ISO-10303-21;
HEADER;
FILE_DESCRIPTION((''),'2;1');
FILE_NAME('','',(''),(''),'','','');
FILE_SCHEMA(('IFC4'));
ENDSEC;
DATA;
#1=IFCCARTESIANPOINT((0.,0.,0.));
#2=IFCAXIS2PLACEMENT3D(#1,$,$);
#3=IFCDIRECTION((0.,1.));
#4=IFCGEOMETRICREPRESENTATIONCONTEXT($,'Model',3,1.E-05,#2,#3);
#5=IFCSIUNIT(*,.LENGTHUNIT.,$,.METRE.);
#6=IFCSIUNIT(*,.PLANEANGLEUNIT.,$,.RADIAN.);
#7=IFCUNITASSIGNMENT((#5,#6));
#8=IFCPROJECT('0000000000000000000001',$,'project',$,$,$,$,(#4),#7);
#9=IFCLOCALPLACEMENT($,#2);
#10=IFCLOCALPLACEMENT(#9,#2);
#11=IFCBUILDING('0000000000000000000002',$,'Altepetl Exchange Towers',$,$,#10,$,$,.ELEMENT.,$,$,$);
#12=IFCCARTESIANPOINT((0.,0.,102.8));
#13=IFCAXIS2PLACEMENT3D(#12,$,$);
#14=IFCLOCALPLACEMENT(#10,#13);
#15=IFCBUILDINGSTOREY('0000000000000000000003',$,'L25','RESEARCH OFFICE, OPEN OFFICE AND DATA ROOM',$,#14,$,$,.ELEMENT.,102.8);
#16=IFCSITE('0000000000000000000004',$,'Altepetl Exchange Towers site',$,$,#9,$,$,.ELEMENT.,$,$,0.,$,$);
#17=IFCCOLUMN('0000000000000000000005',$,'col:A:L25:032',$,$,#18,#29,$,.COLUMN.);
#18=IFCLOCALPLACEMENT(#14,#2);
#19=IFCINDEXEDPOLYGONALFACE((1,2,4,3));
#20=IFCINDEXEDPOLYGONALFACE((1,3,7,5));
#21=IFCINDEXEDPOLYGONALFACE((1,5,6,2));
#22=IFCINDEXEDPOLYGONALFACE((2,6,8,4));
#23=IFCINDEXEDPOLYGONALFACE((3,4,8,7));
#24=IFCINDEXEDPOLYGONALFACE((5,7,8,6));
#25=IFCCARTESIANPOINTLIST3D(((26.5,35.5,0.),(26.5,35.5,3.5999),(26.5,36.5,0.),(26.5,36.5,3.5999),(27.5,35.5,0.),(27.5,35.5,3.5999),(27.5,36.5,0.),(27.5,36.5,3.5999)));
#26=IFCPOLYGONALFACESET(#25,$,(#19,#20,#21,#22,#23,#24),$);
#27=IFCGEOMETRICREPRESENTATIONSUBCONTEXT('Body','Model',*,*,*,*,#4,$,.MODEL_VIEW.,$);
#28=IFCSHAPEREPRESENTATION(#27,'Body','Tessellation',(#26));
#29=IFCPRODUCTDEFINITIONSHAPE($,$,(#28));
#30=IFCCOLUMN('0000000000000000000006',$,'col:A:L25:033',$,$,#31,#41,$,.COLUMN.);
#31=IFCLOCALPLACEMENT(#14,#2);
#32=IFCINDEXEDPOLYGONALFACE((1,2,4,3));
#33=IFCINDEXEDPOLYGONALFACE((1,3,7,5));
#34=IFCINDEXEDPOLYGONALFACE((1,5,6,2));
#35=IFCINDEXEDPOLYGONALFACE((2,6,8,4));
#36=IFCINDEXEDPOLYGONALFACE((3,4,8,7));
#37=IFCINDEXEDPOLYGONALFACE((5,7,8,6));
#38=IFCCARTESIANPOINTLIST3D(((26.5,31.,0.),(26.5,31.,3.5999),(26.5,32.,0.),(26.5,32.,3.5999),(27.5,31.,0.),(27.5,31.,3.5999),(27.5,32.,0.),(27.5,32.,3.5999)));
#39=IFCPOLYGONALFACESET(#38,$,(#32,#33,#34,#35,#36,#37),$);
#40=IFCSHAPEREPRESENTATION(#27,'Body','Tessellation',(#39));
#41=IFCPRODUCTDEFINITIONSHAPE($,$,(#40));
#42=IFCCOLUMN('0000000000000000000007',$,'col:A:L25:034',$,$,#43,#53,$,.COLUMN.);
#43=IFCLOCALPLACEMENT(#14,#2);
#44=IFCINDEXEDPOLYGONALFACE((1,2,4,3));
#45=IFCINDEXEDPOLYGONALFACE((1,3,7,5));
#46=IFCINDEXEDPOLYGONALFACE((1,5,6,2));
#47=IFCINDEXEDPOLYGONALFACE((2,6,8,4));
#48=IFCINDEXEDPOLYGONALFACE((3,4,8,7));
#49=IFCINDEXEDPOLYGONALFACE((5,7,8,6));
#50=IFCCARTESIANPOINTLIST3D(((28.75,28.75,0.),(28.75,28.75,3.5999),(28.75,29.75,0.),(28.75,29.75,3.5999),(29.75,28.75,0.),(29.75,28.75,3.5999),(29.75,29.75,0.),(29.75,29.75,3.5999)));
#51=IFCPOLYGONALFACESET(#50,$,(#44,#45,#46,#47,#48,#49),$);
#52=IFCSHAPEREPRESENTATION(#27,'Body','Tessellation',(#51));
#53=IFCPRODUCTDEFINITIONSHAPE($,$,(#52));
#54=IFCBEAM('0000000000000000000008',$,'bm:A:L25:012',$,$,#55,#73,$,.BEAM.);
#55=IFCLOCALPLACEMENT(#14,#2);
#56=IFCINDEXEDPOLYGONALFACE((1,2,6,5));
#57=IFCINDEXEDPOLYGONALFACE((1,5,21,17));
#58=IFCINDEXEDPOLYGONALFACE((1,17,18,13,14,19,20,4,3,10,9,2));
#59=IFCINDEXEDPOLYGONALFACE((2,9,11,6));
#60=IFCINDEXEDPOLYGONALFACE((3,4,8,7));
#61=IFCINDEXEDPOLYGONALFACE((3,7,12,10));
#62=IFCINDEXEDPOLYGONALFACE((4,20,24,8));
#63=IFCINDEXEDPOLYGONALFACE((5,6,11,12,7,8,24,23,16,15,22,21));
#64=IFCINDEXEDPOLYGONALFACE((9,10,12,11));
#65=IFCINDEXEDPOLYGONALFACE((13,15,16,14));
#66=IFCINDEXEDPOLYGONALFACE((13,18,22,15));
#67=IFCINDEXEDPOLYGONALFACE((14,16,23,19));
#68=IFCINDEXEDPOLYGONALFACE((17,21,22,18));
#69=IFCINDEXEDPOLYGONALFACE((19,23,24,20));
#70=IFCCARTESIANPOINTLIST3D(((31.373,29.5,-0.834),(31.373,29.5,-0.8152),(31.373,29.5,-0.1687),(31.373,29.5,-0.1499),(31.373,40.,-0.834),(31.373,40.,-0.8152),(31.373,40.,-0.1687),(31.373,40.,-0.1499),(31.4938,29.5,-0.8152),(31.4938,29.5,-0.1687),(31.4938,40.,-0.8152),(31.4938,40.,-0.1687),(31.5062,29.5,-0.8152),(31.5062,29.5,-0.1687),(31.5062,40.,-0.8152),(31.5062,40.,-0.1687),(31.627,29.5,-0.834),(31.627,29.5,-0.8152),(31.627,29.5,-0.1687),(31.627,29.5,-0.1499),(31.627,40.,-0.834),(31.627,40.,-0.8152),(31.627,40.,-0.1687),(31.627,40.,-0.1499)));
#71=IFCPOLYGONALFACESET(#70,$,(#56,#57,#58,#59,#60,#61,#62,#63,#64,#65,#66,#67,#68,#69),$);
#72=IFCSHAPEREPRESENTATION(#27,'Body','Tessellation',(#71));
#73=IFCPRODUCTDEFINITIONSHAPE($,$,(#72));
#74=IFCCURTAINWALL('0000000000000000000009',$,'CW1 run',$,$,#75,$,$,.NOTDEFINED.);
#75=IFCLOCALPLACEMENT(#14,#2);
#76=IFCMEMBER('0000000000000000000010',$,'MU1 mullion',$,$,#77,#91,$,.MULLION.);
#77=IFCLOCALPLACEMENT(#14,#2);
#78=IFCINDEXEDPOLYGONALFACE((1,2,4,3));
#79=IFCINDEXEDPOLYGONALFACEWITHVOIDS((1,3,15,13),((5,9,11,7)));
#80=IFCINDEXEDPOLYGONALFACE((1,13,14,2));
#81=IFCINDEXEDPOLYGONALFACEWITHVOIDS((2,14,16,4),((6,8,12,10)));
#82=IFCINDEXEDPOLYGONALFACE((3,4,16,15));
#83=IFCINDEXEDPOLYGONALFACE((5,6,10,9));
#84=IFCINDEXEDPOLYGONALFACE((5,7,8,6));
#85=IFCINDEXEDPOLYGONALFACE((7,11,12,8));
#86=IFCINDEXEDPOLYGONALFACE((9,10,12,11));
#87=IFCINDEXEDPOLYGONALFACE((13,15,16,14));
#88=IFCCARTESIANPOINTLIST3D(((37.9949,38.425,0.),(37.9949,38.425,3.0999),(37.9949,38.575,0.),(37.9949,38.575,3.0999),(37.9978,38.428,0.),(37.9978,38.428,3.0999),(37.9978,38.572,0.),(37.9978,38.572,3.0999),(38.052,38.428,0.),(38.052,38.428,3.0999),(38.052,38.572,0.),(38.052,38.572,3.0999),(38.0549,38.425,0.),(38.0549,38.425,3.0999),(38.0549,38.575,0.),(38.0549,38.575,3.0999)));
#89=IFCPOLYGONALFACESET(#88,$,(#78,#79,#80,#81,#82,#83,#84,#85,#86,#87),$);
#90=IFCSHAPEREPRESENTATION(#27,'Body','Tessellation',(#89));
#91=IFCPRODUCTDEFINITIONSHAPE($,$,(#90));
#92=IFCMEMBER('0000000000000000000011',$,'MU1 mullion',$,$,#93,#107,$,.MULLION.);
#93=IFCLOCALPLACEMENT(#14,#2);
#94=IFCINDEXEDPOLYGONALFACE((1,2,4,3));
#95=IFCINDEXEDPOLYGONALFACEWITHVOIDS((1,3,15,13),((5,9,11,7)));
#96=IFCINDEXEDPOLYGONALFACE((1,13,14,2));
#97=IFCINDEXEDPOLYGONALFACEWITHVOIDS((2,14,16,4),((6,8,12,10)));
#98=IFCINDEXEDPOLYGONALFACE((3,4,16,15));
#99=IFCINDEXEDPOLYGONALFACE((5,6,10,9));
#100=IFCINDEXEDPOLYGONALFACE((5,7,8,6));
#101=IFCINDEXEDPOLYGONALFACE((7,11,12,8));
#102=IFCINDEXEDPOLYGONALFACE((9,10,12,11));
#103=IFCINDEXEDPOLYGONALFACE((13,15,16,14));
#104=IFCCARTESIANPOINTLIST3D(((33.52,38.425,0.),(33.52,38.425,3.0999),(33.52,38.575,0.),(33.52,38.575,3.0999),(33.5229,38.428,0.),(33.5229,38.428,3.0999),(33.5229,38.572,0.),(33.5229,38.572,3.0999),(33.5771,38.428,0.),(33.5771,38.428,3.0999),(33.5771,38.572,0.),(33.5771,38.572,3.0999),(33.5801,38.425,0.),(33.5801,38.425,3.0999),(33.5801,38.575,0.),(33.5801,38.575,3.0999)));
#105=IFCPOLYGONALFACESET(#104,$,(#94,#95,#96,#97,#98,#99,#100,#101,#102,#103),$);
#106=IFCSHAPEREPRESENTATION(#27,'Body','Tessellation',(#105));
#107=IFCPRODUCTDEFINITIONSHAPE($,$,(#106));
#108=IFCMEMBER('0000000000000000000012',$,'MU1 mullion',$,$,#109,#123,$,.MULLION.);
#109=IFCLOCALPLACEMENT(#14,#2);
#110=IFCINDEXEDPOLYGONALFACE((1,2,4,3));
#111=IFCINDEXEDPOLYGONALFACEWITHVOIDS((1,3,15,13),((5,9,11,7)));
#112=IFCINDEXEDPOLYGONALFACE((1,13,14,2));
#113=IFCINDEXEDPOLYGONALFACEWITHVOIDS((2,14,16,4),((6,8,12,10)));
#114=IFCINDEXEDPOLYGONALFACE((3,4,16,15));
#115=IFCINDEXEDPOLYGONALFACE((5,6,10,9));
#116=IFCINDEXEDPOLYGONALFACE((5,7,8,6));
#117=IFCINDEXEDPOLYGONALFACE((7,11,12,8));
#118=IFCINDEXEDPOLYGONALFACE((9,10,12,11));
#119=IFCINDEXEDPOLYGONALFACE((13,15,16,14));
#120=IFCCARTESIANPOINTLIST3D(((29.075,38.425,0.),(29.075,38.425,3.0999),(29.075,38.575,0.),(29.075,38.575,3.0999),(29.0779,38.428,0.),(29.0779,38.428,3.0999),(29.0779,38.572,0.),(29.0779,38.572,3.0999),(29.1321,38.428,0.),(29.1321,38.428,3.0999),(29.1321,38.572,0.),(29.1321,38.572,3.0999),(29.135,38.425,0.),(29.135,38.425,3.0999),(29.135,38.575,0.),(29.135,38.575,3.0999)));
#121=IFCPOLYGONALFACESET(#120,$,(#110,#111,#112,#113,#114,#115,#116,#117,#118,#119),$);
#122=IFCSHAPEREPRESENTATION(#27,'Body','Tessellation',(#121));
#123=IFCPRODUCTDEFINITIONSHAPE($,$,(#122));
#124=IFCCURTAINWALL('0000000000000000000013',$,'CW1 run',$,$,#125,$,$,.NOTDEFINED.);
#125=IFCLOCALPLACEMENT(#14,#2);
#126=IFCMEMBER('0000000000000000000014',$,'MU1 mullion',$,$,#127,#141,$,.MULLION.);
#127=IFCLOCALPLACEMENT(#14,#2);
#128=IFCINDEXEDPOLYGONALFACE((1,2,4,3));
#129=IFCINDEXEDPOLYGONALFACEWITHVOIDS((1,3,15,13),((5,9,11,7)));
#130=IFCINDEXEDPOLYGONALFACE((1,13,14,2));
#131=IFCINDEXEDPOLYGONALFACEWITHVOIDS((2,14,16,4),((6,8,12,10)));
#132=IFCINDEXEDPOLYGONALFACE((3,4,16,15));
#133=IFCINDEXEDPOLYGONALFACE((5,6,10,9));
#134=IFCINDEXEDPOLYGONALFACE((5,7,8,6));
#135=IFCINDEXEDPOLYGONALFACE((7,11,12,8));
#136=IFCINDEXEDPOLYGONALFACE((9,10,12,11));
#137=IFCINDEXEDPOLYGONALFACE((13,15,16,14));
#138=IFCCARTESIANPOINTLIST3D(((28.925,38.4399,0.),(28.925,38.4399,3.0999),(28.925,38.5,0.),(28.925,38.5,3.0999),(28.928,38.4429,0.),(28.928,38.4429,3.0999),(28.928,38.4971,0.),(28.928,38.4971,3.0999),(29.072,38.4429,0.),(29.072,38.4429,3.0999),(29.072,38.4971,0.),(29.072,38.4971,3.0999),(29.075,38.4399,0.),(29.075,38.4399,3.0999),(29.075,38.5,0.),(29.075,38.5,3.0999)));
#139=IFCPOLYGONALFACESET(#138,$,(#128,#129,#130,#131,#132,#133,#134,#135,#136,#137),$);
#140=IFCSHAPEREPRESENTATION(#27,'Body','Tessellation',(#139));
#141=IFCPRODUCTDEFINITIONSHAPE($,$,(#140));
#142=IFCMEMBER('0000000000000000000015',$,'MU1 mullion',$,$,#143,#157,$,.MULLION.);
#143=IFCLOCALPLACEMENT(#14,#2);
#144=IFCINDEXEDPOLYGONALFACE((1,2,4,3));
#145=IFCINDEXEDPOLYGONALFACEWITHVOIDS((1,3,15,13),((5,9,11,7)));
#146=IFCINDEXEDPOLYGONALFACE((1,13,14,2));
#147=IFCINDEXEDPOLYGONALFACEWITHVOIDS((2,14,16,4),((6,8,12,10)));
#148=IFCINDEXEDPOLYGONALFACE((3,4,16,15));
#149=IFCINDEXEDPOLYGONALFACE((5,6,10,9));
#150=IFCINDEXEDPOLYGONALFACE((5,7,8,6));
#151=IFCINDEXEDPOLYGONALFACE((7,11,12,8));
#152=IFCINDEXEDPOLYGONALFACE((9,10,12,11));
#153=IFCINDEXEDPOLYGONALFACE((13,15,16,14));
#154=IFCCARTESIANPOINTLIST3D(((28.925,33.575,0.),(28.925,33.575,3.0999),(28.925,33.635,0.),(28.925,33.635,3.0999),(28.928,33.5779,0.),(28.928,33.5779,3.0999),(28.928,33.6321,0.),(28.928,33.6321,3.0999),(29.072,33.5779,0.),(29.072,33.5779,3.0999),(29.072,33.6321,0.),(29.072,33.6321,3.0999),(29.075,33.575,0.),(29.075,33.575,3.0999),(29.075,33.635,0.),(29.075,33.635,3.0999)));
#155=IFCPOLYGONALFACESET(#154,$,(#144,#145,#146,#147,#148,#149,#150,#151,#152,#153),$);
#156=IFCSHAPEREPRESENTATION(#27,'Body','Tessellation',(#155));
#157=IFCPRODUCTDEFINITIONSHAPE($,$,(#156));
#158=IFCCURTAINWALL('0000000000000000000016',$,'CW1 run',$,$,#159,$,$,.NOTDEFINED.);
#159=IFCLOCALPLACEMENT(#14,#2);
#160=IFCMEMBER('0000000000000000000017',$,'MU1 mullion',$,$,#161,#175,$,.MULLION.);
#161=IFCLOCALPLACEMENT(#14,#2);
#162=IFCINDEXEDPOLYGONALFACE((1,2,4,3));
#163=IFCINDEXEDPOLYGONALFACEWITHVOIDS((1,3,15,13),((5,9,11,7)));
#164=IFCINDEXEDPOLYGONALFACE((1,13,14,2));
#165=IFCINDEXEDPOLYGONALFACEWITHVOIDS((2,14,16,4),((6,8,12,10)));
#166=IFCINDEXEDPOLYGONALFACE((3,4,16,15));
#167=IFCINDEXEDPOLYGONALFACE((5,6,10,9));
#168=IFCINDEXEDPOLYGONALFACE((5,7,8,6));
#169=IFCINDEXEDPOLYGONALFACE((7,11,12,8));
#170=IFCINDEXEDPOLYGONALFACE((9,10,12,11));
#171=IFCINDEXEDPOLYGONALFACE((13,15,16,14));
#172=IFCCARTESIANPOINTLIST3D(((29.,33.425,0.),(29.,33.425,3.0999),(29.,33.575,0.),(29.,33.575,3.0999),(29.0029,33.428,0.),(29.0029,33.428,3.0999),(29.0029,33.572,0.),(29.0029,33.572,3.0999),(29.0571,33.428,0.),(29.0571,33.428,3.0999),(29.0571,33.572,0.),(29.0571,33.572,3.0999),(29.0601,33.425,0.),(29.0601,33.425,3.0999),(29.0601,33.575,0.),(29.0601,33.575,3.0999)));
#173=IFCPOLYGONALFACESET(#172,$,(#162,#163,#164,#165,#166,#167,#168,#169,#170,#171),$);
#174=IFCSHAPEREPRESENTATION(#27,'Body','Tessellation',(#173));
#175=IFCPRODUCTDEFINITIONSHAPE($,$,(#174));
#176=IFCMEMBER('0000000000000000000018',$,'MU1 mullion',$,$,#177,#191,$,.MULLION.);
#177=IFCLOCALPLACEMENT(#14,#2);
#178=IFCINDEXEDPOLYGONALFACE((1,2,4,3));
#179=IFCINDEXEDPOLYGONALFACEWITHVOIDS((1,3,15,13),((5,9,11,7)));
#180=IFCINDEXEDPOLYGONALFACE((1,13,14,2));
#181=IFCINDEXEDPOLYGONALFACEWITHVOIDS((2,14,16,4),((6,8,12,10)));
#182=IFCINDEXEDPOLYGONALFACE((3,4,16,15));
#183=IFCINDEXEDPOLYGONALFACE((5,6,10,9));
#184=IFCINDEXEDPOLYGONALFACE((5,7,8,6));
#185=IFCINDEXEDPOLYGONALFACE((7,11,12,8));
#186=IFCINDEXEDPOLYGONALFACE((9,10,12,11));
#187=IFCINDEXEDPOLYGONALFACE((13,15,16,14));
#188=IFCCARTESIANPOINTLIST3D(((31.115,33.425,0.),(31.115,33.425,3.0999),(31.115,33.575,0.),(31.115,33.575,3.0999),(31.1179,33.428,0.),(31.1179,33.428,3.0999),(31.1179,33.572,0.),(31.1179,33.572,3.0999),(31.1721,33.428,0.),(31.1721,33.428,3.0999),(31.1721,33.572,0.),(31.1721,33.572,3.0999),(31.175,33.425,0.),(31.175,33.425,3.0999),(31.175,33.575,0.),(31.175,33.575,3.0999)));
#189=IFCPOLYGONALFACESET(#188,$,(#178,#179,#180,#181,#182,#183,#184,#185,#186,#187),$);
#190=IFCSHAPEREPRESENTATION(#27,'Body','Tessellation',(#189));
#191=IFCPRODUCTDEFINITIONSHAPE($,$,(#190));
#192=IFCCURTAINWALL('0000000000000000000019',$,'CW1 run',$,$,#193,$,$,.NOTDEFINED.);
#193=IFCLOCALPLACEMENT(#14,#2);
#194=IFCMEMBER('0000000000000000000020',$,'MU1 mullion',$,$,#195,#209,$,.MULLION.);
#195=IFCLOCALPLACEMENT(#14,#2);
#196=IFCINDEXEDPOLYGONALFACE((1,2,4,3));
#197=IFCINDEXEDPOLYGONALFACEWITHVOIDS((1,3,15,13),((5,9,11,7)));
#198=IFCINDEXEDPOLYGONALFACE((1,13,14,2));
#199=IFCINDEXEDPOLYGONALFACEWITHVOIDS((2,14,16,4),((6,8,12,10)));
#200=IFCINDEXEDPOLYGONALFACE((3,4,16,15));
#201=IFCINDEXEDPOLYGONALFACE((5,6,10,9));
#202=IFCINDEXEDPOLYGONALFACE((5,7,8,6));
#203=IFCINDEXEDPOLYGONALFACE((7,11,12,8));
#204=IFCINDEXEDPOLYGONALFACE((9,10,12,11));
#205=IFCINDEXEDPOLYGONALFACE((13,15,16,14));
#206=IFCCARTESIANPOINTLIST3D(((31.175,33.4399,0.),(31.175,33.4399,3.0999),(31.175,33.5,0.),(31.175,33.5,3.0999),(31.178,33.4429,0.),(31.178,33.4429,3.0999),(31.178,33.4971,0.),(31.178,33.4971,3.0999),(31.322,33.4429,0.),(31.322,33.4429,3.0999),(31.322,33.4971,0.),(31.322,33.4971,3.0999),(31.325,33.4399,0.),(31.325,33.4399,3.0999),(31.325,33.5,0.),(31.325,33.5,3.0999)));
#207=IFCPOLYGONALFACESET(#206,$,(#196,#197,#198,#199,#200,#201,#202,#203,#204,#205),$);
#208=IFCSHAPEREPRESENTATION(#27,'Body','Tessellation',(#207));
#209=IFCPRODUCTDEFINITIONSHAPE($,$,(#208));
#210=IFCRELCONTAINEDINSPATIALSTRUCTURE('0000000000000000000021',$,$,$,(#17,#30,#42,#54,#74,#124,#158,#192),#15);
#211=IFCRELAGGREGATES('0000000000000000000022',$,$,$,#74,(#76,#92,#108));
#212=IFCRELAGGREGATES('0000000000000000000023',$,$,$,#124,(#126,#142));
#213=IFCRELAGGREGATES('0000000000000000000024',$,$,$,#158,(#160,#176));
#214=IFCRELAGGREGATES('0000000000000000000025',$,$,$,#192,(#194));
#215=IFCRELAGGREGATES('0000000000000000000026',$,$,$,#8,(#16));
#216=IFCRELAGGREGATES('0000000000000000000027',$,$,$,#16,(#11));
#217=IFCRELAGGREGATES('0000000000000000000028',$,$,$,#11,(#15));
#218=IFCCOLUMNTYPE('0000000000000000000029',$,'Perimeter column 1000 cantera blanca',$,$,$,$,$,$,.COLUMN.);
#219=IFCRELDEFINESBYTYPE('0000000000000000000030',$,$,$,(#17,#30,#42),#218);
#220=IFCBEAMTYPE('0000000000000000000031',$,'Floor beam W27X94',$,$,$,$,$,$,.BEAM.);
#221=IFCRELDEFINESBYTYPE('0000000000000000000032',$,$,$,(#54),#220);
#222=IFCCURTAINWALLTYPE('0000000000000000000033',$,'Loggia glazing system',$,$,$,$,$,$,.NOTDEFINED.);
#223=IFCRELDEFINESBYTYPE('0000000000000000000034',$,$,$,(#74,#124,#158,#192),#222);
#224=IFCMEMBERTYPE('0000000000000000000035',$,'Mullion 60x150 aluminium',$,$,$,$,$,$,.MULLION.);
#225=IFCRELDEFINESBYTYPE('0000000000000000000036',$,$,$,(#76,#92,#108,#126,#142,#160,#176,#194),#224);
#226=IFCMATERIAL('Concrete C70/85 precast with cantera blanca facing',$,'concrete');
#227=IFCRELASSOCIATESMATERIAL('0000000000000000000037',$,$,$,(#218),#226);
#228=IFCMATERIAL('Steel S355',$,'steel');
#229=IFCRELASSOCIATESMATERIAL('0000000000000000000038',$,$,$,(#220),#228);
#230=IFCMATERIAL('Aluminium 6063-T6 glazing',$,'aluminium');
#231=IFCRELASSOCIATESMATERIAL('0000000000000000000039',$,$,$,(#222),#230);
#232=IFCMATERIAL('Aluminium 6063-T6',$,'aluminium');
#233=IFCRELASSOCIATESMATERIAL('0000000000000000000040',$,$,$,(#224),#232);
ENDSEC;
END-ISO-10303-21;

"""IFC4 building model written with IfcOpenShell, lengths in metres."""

from ifc_helpers import new_model, si_unit, direction, frame, origin, origin_2d, place, context, subcontext, project, spatial, rectangle, hollow_rectangle, i_section, extrude, material, material_profile, profile_set, type_object, element, aggregate, save


model = new_model("IFC4")

# Units and contexts
model_context = context("Model", 3, precision=1e-05, world=origin(), true_north=direction((0.0, 1.0)))
body_context = subcontext(model_context, "Body", "Model", "MODEL_VIEW")
ifc_project = project(units=[si_unit("LENGTHUNIT", "METRE"), si_unit("PLANEANGLEUNIT", "RADIAN")], contexts=[model_context])

# Site, building, storey
site_placement = place(None, origin())
site = spatial("IfcSite", under=ifc_project, at=site_placement, Name="Altepetl Exchange Towers site", CompositionType="ELEMENT", RefElevation=0.0)
building_placement = place(site_placement, origin())
building = spatial("IfcBuilding", under=site, at=building_placement, Name="Altepetl Exchange Towers", CompositionType="ELEMENT")
storey_placement = place(building_placement, frame((0.0, 0.0, 102.8)))
storey = spatial("IfcBuildingStorey", under=building, at=storey_placement, Name="L25", Description="RESEARCH OFFICE, OPEN OFFICE AND DATA ROOM", CompositionType="ELEMENT", Elevation=102.8)

# Columns
ifc_material_1 = material(Name="Concrete C70/85 precast with cantera blanca facing", Category="concrete")
ifc_material_profile_1 = material_profile(ifc_material_1, rectangle(XDim=1.0, YDim=1.0, at=origin_2d()), Name="1000 x 1000")
ifc_profile_set_1 = profile_set([ifc_material_profile_1], Name="Concrete C70/85 precast with cantera blanca facing")
column_type = type_object("IfcColumnType", Name="Perimeter column 1000 cantera blanca", PredefinedType="COLUMN", material=ifc_profile_set_1)
for number, where, name in (
    (1, (27.0, 36.0, 0.0), "col:A:L25:032"),
    (2, (27.0, 31.5, 0.0), "col:A:L25:033"),
    (3, (29.25, 29.25, 0.0), "col:A:L25:034"),
):
    element("IfcColumn", number, at=place(storey_placement, frame(where)), inside=storey, type_object=column_type, Name=name, PredefinedType="COLUMN", context=body_context, shape_type="SweptSolid", body=[
        extrude(rectangle(XDim=1.0, YDim=1.0, at=origin_2d()), origin(), (0.0, 0.0, 1.0), 3.5999),
    ])

# Beam
ifc_material_2 = material(Name="Steel S355", Category="steel")
ifc_material_profile_2 = material_profile(ifc_material_2, i_section(OverallWidth=0.2539, OverallDepth=0.6841, WebThickness=0.0125, FlangeThickness=0.0188, at=origin_2d()), Name="W27X94")
ifc_profile_set_2 = profile_set([ifc_material_profile_2], Name="Steel S355")
beam_type_1 = type_object("IfcBeamType", Name="Floor beam W27X94", PredefinedType="BEAM", material=ifc_profile_set_2)
beam_1_placement = place(storey_placement, frame((31.5, 29.5, -0.4919), z_axis=(0.0, 1.0, 0.0), x_axis=(-1.0, 0.0, 0.0)))
element("IfcBeam", 4, at=beam_1_placement, inside=storey, type_object=beam_type_1, Name="bm:A:L25:012", PredefinedType="BEAM", context=body_context, shape_type="SweptSolid", body=[
    extrude(i_section(OverallWidth=0.2539, OverallDepth=0.6841, WebThickness=0.0125, FlangeThickness=0.0188, at=origin_2d()), origin(), (0.0, 0.0, 1.0), 10.5),
])

# Curtain walls, members
ifc_material_3 = material(Name="Aluminium 6063-T6 glazing", Category="aluminium")
curtain_wall_type = type_object("IfcCurtainWallType", Name="Loggia glazing system", PredefinedType="NOTDEFINED", material=ifc_material_3)
curtain_wall_1_placement = place(storey_placement, origin())
curtain_wall_1 = element("IfcCurtainWall", 5, at=curtain_wall_1_placement, inside=storey, type_object=curtain_wall_type, Name="CW1 run", PredefinedType="NOTDEFINED")
ifc_material_4 = material(Name="Aluminium 6063-T6", Category="aluminium")
ifc_material_profile_3 = material_profile(ifc_material_4, hollow_rectangle(XDim=0.0601, YDim=0.1499, WallThickness=0.0029, at=origin_2d()), Name="Mullion 60x150 aluminium")
ifc_profile_set_3 = profile_set([ifc_material_profile_3], Name="Aluminium 6063-T6")
member_type = type_object("IfcMemberType", Name="Mullion 60x150 aluminium", PredefinedType="MULLION", material=ifc_profile_set_3)
member_1_placement = place(storey_placement, frame((38.0249, 38.5, 0.0), z_axis=(0.0, 0.0, 1.0), x_axis=(-1.0, 0.0, 0.0)))
member_1 = element("IfcMember", 6, at=member_1_placement, type_object=member_type, Name="MU1 mullion", PredefinedType="MULLION", context=body_context, shape_type="SweptSolid", body=[
    extrude(hollow_rectangle(XDim=0.0601, YDim=0.1499, WallThickness=0.0029, at=origin_2d()), origin(), (0.0, 0.0, 1.0), 3.0999),
])
member_2_placement = place(storey_placement, frame((33.55, 38.5, 0.0), z_axis=(0.0, 0.0, 1.0), x_axis=(-1.0, 0.0, 0.0)))
member_2 = element("IfcMember", 7, at=member_2_placement, type_object=member_type, Name="MU1 mullion", PredefinedType="MULLION", context=body_context, shape_type="SweptSolid", body=[
    extrude(hollow_rectangle(XDim=0.0601, YDim=0.1499, WallThickness=0.0029, at=origin_2d()), origin(), (0.0, 0.0, 1.0), 3.0999),
])
member_3_placement = place(storey_placement, frame((29.105, 38.5, 0.0), z_axis=(0.0, 0.0, 1.0), x_axis=(-1.0, 0.0, 0.0)))
member_3 = element("IfcMember", 8, at=member_3_placement, type_object=member_type, Name="MU1 mullion", PredefinedType="MULLION", context=body_context, shape_type="SweptSolid", body=[
    extrude(hollow_rectangle(XDim=0.0601, YDim=0.1499, WallThickness=0.0029, at=origin_2d()), origin(), (0.0, 0.0, 1.0), 3.0999),
])
curtain_wall_2_placement = place(storey_placement, origin())
curtain_wall_2 = element("IfcCurtainWall", 9, at=curtain_wall_2_placement, inside=storey, type_object=curtain_wall_type, Name="CW1 run", PredefinedType="NOTDEFINED")
member_4_placement = place(storey_placement, frame((29.0, 38.47, 0.0), z_axis=(0.0, 0.0, 1.0), x_axis=(0.0, -1.0, 0.0)))
member_4 = element("IfcMember", 10, at=member_4_placement, type_object=member_type, Name="MU1 mullion", PredefinedType="MULLION", context=body_context, shape_type="SweptSolid", body=[
    extrude(hollow_rectangle(XDim=0.0601, YDim=0.1499, WallThickness=0.0029, at=origin_2d()), origin(), (0.0, 0.0, 1.0), 3.0999),
])
member_5_placement = place(storey_placement, frame((29.0, 33.605, 0.0), z_axis=(0.0, 0.0, 1.0), x_axis=(0.0, -1.0, 0.0)))
member_5 = element("IfcMember", 11, at=member_5_placement, type_object=member_type, Name="MU1 mullion", PredefinedType="MULLION", context=body_context, shape_type="SweptSolid", body=[
    extrude(hollow_rectangle(XDim=0.0601, YDim=0.1499, WallThickness=0.0029, at=origin_2d()), origin(), (0.0, 0.0, 1.0), 3.0999),
])
curtain_wall_3_placement = place(storey_placement, origin())
curtain_wall_3 = element("IfcCurtainWall", 12, at=curtain_wall_3_placement, inside=storey, type_object=curtain_wall_type, Name="CW1 run", PredefinedType="NOTDEFINED")
member_6_placement = place(storey_placement, frame((29.03, 33.5, 0.0)))
member_6 = element("IfcMember", 13, at=member_6_placement, type_object=member_type, Name="MU1 mullion", PredefinedType="MULLION", context=body_context, shape_type="SweptSolid", body=[
    extrude(hollow_rectangle(XDim=0.0601, YDim=0.1499, WallThickness=0.0029, at=origin_2d()), origin(), (0.0, 0.0, 1.0), 3.0999),
])
member_7_placement = place(storey_placement, frame((31.145, 33.5, 0.0)))
member_7 = element("IfcMember", 14, at=member_7_placement, type_object=member_type, Name="MU1 mullion", PredefinedType="MULLION", context=body_context, shape_type="SweptSolid", body=[
    extrude(hollow_rectangle(XDim=0.0601, YDim=0.1499, WallThickness=0.0029, at=origin_2d()), origin(), (0.0, 0.0, 1.0), 3.0999),
])
curtain_wall_4_placement = place(storey_placement, origin())
curtain_wall_4 = element("IfcCurtainWall", 15, at=curtain_wall_4_placement, inside=storey, type_object=curtain_wall_type, Name="CW1 run", PredefinedType="NOTDEFINED")
member_8_placement = place(storey_placement, frame((31.25, 33.47, 0.0), z_axis=(0.0, 0.0, 1.0), x_axis=(0.0, -1.0, 0.0)))
member_8 = element("IfcMember", 16, at=member_8_placement, type_object=member_type, Name="MU1 mullion", PredefinedType="MULLION", context=body_context, shape_type="SweptSolid", body=[
    extrude(hollow_rectangle(XDim=0.0601, YDim=0.1499, WallThickness=0.0029, at=origin_2d()), origin(), (0.0, 0.0, 1.0), 3.0999),
])

aggregate(curtain_wall_1, [member_1, member_2, member_3])
aggregate(curtain_wall_2, [member_4, member_5])
aggregate(curtain_wall_3, [member_6, member_7])
aggregate(curtain_wall_4, [member_8])

save(model, "model.ifc")
